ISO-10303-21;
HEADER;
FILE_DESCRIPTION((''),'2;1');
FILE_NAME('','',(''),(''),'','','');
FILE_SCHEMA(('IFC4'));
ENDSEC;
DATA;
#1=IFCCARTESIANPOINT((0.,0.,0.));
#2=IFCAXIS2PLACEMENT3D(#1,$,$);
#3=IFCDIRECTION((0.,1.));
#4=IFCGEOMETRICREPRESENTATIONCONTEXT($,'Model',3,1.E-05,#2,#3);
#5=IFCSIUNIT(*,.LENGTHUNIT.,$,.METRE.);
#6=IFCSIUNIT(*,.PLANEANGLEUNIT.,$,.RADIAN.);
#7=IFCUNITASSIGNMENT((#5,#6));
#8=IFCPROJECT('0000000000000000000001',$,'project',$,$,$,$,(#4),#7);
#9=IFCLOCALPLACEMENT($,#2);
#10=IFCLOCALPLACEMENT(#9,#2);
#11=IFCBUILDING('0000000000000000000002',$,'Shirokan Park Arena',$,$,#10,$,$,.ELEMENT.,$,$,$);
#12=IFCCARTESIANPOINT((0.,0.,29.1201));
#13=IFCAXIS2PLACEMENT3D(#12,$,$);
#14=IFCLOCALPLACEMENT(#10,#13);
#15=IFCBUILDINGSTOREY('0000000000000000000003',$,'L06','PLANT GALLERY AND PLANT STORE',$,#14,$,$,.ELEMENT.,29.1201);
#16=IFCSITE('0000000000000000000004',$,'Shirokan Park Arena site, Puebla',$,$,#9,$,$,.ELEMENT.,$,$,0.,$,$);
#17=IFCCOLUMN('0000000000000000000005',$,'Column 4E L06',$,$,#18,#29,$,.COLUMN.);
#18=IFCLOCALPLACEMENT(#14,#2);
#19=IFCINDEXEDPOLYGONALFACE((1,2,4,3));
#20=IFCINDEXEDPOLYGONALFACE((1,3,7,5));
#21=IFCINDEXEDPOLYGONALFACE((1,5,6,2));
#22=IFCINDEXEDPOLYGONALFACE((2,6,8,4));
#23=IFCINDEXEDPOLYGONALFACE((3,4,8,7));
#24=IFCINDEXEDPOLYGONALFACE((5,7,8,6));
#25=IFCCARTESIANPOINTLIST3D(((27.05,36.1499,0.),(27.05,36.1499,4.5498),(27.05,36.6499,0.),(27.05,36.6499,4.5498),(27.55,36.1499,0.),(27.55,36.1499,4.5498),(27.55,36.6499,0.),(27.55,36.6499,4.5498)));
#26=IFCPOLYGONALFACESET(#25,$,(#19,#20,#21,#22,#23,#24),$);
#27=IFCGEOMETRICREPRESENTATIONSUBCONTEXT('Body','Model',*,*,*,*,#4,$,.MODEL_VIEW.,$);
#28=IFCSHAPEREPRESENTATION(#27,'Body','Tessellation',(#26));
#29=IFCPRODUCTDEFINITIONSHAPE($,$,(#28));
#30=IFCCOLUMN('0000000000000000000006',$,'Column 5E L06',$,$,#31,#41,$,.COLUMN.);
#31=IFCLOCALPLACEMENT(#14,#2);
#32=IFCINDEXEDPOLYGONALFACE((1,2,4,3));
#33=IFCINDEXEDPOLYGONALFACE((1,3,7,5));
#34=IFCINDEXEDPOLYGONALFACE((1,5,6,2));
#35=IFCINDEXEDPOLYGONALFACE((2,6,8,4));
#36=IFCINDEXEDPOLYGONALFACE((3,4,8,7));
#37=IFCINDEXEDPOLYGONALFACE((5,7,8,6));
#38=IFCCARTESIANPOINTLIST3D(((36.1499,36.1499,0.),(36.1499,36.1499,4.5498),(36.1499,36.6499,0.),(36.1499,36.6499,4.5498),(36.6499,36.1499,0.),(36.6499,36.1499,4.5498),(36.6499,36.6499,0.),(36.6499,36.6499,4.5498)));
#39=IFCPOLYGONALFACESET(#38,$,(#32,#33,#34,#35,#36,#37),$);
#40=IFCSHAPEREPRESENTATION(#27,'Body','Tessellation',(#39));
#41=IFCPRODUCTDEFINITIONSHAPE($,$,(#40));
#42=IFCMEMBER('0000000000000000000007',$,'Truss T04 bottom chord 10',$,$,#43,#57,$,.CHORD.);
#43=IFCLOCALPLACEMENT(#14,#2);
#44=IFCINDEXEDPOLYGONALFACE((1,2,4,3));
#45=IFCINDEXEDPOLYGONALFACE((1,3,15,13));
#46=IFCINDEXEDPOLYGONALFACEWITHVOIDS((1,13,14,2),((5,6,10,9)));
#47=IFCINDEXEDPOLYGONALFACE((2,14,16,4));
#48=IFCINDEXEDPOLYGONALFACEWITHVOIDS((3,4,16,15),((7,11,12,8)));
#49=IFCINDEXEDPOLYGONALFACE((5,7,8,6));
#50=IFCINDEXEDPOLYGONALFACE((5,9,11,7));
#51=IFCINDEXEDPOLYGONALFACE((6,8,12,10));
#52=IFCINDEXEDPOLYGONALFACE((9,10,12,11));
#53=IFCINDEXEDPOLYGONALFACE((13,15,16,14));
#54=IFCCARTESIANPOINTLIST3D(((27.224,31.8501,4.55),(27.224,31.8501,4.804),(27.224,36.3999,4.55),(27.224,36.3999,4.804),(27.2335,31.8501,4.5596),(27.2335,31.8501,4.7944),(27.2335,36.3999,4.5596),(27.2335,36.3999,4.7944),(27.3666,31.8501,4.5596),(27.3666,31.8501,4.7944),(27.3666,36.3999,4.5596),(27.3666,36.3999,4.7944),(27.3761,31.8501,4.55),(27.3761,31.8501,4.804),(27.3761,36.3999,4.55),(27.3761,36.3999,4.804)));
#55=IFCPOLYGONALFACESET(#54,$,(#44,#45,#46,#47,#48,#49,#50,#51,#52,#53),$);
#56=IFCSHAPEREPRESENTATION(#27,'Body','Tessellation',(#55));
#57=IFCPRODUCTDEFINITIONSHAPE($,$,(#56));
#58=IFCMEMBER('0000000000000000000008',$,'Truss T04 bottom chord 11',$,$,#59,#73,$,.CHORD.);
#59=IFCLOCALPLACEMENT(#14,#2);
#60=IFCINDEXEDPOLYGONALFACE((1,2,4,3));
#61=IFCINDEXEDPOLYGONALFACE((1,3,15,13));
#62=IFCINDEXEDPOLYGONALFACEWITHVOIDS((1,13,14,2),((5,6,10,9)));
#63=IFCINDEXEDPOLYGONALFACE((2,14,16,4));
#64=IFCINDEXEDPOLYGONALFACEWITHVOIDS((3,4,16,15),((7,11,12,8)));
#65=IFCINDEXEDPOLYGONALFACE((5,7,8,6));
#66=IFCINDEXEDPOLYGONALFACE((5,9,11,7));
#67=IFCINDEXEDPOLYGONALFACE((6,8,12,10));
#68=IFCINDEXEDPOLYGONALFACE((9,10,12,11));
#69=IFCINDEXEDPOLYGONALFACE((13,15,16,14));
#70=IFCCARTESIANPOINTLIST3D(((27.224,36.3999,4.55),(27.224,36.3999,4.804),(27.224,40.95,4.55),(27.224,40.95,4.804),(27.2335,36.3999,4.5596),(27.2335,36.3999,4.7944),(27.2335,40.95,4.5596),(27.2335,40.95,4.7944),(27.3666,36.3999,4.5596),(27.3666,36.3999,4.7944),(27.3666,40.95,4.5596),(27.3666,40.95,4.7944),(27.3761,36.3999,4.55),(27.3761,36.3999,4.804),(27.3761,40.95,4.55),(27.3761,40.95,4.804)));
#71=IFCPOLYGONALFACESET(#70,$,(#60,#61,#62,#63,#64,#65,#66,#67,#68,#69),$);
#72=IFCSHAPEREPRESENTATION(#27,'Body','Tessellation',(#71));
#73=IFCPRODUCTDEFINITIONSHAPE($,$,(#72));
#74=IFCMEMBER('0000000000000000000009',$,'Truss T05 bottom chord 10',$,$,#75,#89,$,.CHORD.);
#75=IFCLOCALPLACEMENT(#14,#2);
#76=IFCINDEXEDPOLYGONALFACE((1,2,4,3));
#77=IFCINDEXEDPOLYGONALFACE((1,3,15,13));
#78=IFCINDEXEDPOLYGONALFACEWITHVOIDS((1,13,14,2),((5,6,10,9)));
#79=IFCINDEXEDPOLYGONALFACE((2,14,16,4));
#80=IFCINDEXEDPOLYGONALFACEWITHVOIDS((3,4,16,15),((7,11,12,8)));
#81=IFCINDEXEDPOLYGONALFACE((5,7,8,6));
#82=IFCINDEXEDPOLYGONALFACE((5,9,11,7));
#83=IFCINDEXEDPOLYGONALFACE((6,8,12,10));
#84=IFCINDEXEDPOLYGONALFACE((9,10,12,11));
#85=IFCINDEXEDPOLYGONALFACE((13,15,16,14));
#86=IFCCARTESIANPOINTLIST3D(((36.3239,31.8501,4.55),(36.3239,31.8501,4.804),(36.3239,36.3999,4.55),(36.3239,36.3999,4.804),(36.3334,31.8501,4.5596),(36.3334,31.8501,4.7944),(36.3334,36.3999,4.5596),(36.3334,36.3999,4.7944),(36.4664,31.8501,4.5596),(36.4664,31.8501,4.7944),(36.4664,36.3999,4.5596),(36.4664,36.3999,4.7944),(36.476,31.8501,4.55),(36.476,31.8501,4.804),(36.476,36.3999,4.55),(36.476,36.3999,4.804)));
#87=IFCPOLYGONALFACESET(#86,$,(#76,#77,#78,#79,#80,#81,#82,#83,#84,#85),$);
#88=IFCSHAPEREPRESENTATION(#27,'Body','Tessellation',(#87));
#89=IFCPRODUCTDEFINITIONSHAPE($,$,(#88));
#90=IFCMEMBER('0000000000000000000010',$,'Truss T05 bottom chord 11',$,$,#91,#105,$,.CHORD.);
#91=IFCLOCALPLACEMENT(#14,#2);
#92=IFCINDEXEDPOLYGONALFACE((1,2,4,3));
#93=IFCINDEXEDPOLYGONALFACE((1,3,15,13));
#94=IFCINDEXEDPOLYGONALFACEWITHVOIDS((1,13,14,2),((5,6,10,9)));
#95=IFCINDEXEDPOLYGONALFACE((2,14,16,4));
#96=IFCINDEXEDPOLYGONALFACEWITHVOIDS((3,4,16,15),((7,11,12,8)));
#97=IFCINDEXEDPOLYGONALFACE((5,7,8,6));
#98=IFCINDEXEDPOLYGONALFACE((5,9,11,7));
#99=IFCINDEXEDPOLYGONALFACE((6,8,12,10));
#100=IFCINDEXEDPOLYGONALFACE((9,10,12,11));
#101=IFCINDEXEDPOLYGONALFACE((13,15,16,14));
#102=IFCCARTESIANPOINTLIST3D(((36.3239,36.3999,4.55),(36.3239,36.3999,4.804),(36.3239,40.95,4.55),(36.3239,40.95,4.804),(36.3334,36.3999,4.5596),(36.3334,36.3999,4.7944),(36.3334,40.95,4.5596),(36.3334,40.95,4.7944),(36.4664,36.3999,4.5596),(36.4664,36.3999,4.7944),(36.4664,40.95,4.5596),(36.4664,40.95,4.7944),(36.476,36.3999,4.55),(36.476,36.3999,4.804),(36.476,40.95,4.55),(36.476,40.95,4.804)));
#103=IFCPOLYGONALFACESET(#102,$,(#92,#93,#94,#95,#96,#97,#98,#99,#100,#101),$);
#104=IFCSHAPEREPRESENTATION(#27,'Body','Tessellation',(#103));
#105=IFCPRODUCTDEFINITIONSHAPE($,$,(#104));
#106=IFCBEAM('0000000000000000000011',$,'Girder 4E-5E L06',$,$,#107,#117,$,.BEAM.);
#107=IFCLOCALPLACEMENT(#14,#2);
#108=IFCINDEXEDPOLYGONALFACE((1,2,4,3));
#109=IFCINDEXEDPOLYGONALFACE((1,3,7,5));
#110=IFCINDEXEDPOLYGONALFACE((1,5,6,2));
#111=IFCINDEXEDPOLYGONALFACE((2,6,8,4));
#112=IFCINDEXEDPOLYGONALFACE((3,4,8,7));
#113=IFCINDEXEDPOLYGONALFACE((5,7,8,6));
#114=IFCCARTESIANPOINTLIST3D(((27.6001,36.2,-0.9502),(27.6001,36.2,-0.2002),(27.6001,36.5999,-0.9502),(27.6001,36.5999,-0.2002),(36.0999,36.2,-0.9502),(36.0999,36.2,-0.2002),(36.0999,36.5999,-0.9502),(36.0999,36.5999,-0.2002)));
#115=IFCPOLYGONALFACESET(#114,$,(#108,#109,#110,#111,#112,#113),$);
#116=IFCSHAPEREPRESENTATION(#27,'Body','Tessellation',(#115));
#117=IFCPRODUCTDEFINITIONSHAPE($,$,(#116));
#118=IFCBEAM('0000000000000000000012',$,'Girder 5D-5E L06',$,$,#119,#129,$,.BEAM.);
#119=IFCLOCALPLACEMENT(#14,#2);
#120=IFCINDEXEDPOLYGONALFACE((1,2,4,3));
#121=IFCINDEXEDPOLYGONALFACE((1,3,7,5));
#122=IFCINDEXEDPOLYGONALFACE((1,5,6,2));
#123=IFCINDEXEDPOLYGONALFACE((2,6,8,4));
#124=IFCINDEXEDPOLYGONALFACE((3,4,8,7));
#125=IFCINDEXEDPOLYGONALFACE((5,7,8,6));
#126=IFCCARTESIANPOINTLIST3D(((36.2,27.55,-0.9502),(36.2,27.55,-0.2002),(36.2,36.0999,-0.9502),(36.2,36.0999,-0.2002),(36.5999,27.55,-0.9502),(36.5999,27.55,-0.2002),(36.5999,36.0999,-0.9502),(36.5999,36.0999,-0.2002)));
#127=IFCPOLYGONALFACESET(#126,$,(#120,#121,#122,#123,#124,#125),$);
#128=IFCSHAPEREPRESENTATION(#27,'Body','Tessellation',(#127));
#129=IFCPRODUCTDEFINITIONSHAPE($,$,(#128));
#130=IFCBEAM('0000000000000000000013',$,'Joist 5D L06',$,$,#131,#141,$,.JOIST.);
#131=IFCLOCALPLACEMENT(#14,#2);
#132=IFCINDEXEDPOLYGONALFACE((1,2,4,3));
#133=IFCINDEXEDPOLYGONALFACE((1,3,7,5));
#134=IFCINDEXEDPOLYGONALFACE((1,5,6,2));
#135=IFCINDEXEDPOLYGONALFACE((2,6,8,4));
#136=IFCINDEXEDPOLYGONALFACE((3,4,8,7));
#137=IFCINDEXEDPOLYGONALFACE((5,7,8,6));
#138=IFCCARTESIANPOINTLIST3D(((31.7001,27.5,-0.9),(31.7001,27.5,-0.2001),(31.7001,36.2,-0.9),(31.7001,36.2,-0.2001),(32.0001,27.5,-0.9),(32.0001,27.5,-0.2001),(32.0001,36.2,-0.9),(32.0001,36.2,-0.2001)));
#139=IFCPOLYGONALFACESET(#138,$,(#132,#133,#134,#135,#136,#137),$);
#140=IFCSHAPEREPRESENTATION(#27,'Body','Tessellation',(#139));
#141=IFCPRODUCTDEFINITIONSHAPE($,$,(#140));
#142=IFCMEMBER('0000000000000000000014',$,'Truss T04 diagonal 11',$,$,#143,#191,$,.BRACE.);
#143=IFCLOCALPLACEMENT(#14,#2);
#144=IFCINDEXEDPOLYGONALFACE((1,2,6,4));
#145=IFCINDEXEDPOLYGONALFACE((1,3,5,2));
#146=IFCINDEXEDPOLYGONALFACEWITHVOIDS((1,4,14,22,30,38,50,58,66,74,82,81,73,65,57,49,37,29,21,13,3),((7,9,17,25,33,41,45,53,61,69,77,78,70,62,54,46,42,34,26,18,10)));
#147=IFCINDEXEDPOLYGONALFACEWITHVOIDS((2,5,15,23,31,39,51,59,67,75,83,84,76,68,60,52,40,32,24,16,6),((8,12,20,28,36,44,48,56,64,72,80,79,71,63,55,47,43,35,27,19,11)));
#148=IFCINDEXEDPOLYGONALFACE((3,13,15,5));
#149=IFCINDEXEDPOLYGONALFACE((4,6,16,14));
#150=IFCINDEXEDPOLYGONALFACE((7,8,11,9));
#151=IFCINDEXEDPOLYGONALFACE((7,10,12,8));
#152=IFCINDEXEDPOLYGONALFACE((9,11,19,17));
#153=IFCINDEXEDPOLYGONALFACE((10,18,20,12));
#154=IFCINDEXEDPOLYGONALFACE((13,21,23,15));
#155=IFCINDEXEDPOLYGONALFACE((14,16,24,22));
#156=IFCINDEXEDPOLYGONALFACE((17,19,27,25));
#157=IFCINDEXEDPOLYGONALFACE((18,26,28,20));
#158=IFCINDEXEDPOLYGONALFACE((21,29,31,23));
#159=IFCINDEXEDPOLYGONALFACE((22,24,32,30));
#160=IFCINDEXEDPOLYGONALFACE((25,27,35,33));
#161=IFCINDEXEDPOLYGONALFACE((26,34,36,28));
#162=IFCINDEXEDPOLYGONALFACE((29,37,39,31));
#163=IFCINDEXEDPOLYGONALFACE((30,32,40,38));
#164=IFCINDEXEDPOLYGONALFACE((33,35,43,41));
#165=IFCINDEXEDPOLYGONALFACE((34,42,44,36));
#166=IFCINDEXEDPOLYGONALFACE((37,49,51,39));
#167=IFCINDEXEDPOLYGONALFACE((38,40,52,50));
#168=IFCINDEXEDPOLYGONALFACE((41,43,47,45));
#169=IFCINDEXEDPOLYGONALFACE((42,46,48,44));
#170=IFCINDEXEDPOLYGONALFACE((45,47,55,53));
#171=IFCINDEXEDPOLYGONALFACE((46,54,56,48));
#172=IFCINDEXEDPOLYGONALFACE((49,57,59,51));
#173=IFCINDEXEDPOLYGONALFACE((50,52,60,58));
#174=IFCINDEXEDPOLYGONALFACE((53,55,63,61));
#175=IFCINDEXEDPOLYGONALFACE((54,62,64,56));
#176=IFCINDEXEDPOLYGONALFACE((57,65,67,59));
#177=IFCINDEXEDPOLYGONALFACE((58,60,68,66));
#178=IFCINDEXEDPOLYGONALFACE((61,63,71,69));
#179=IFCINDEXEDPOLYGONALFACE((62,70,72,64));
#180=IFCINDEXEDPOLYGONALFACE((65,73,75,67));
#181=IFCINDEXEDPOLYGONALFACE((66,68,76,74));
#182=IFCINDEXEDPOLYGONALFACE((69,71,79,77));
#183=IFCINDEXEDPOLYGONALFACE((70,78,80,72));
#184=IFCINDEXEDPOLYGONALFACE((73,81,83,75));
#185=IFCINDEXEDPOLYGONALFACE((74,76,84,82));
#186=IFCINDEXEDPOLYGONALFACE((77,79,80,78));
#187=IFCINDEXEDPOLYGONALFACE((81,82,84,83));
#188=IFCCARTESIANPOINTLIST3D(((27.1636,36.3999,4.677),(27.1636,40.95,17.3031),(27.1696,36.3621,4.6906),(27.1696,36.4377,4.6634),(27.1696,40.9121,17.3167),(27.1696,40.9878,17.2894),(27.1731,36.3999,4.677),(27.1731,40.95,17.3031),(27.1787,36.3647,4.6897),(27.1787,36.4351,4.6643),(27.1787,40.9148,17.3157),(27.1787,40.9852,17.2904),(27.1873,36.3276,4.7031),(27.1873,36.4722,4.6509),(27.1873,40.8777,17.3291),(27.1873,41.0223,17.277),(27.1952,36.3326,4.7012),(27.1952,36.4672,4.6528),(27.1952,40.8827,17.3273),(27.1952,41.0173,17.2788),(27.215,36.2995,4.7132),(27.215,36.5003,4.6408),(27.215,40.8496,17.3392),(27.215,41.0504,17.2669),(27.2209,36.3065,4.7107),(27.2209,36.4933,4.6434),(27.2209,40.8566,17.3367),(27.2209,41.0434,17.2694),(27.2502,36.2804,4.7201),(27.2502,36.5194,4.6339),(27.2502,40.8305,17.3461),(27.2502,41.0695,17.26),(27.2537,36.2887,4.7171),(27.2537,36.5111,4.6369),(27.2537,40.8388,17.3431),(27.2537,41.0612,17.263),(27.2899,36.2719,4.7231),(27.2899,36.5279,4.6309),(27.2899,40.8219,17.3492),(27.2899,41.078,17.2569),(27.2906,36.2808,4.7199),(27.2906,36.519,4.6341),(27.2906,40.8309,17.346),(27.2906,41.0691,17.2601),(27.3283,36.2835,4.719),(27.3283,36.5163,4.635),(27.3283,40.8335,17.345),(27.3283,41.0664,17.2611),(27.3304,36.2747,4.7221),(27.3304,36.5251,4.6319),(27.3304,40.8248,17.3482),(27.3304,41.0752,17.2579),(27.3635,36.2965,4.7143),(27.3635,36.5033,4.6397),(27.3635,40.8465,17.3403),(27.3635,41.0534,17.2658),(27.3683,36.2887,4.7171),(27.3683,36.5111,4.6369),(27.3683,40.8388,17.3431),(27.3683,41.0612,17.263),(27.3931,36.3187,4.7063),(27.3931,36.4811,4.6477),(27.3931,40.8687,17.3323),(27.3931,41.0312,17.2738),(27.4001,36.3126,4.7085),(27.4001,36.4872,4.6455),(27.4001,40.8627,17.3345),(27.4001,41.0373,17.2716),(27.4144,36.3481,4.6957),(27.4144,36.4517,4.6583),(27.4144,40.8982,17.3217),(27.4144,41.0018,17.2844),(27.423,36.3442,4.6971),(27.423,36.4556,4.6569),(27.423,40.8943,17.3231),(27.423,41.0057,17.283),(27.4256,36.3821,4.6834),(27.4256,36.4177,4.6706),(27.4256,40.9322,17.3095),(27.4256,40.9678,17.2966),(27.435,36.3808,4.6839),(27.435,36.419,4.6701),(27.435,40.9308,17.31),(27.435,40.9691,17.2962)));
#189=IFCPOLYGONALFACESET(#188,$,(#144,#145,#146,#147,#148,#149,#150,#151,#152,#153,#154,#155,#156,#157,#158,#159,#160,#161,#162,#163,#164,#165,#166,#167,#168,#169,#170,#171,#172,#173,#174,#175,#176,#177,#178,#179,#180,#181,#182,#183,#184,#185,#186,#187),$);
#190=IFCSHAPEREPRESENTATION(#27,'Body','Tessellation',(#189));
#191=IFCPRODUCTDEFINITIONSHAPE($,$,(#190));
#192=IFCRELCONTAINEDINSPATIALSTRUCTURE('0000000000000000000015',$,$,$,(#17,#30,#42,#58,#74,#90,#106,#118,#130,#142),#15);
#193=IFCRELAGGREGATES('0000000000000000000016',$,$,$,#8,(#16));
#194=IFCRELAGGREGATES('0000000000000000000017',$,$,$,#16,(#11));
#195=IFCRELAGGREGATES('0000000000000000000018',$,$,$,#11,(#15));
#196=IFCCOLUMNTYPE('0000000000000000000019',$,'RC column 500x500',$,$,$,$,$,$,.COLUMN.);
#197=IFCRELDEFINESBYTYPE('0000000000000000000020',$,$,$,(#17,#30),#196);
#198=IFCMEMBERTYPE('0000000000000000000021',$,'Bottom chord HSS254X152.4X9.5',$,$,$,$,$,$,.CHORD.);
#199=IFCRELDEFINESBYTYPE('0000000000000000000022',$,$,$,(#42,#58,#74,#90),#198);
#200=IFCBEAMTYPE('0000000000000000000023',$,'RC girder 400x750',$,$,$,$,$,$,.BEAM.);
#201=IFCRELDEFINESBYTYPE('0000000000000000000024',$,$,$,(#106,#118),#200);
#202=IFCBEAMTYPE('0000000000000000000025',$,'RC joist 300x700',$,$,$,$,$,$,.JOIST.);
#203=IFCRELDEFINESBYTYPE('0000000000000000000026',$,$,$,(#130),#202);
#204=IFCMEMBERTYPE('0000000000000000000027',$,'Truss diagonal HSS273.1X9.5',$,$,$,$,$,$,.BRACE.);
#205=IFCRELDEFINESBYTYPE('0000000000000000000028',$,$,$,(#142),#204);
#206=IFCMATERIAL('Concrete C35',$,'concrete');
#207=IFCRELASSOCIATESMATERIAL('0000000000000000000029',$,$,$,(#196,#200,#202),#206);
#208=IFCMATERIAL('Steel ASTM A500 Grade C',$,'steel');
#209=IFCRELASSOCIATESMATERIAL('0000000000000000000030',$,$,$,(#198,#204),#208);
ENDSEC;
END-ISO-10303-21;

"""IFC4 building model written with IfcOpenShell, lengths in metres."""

from ifc_helpers import new_model, si_unit, direction, frame, origin, origin_2d, place, context, subcontext, project, spatial, rectangle, hollow_rectangle, hollow_circle, extrude, material, material_profile, profile_set, type_object, element, save


model = new_model("IFC4")

# Units and contexts
model_context = context("Model", 3, precision=1e-05, world=origin(), true_north=direction((0.0, 1.0)))
body_context = subcontext(model_context, "Body", "Model", "MODEL_VIEW")
ifc_project = project(units=[si_unit("LENGTHUNIT", "METRE"), si_unit("PLANEANGLEUNIT", "RADIAN")], contexts=[model_context])

# Site, building, storey
site_placement = place(None, origin())
site = spatial("IfcSite", under=ifc_project, at=site_placement, Name="Shirokan Park Arena site, Puebla", CompositionType="ELEMENT", RefElevation=0.0)
building_placement = place(site_placement, origin())
building = spatial("IfcBuilding", under=site, at=building_placement, Name="Shirokan Park Arena", CompositionType="ELEMENT")
storey_placement = place(building_placement, frame((0.0, 0.0, 29.1201)))
storey = spatial("IfcBuildingStorey", under=building, at=storey_placement, Name="L06", Description="PLANT GALLERY AND PLANT STORE", CompositionType="ELEMENT", Elevation=29.1201)

# Columns
ifc_material_1 = material(Name="Concrete C35", Category="concrete")
ifc_material_profile_1 = material_profile(ifc_material_1, rectangle(XDim=0.5, YDim=0.5, at=origin_2d()), Name="500x500")
ifc_profile_set_1 = profile_set([ifc_material_profile_1], Name="Concrete C35")
column_type = type_object("IfcColumnType", Name="RC column 500x500", PredefinedType="COLUMN", material=ifc_profile_set_1)
for number, where, z_axis, x_axis, name in (
    (1, (27.3, 36.3999, 0.0), (0.0, 0.0, 1.0), (1.0, 0.0, 0.0), "Column 4E L06"),
    (2, (36.3999, 36.3999, 0.0), (0.0, 0.0, 1.0), (1.0, 0.0, 0.0), "Column 5E L06"),
):
    element("IfcColumn", number, at=place(storey_placement, frame(where, z_axis=z_axis, x_axis=x_axis)), inside=storey, type_object=column_type, Name=name, PredefinedType="COLUMN", context=body_context, shape_type="SweptSolid", body=[
        extrude(rectangle(XDim=0.5, YDim=0.5, at=origin_2d()), origin(), (0.0, 0.0, 1.0), 4.5498),
    ])

# Members
ifc_material_2 = material(Name="Steel ASTM A500 Grade C", Category="steel")
ifc_material_profile_2 = material_profile(ifc_material_2, hollow_rectangle(XDim=0.1521, YDim=0.2539, WallThickness=0.0095, at=origin_2d()), Name="HSS254X152.4X9.5")
ifc_profile_set_2 = profile_set([ifc_material_profile_2], Name="Steel ASTM A500 Grade C")
member_type_1 = type_object("IfcMemberType", Name="Bottom chord HSS254X152.4X9.5", PredefinedType="CHORD", material=ifc_profile_set_2)
member_1_placement = place(storey_placement, frame((27.3, 31.8501, 4.677), z_axis=(0.0, 1.0, 0.0), x_axis=(-1.0, 0.0, 0.0)))
element("IfcMember", 3, at=member_1_placement, inside=storey, type_object=member_type_1, Name="Truss T04 bottom chord 10", PredefinedType="CHORD", context=body_context, shape_type="SweptSolid", body=[
    extrude(hollow_rectangle(XDim=0.1521, YDim=0.2539, WallThickness=0.0095, at=origin_2d()), origin(), (0.0, 0.0, 1.0), 4.5498),
])
member_2_placement = place(storey_placement, frame((27.3, 36.3999, 4.677), z_axis=(0.0, 1.0, 0.0), x_axis=(-1.0, 0.0, 0.0)))
element("IfcMember", 4, at=member_2_placement, inside=storey, type_object=member_type_1, Name="Truss T04 bottom chord 11", PredefinedType="CHORD", context=body_context, shape_type="SweptSolid", body=[
    extrude(hollow_rectangle(XDim=0.1521, YDim=0.2539, WallThickness=0.0095, at=origin_2d()), origin(), (0.0, 0.0, 1.0), 4.55),
])
member_3_placement = place(storey_placement, frame((36.3999, 31.8501, 4.677), z_axis=(0.0, 1.0, 0.0), x_axis=(-1.0, 0.0, 0.0)))
element("IfcMember", 5, at=member_3_placement, inside=storey, type_object=member_type_1, Name="Truss T05 bottom chord 10", PredefinedType="CHORD", context=body_context, shape_type="SweptSolid", body=[
    extrude(hollow_rectangle(XDim=0.1521, YDim=0.2539, WallThickness=0.0095, at=origin_2d()), origin(), (0.0, 0.0, 1.0), 4.5498),
])
member_4_placement = place(storey_placement, frame((36.3999, 36.3999, 4.677), z_axis=(0.0, 1.0, 0.0), x_axis=(-1.0, 0.0, 0.0)))
element("IfcMember", 6, at=member_4_placement, inside=storey, type_object=member_type_1, Name="Truss T05 bottom chord 11", PredefinedType="CHORD", context=body_context, shape_type="SweptSolid", body=[
    extrude(hollow_rectangle(XDim=0.1521, YDim=0.2539, WallThickness=0.0095, at=origin_2d()), origin(), (0.0, 0.0, 1.0), 4.55),
])

# Beams
ifc_material_profile_3 = material_profile(ifc_material_1, rectangle(XDim=0.3999, YDim=0.75, at=origin_2d()), Name="400x750")
ifc_profile_set_3 = profile_set([ifc_material_profile_3], Name="Concrete C35")
beam_type_1 = type_object("IfcBeamType", Name="RC girder 400x750", PredefinedType="BEAM", material=ifc_profile_set_3)
beam_1_placement = place(storey_placement, frame((27.6001, 36.3999, -0.5752), z_axis=(1.0, 0.0, 0.0), x_axis=(0.0, 1.0, 0.0)))
element("IfcBeam", 7, at=beam_1_placement, inside=storey, type_object=beam_type_1, Name="Girder 4E-5E L06", PredefinedType="BEAM", context=body_context, shape_type="SweptSolid", body=[
    extrude(rectangle(XDim=0.3999, YDim=0.75, at=origin_2d()), origin(), (0.0, 0.0, 1.0), 8.4998),
])
beam_2_placement = place(storey_placement, frame((36.3999, 27.55, -0.5752), z_axis=(0.0, 1.0, 0.0), x_axis=(-1.0, 0.0, 0.0)))
element("IfcBeam", 8, at=beam_2_placement, inside=storey, type_object=beam_type_1, Name="Girder 5D-5E L06", PredefinedType="BEAM", context=body_context, shape_type="SweptSolid", body=[
    extrude(rectangle(XDim=0.3999, YDim=0.75, at=origin_2d()), origin(), (0.0, 0.0, 1.0), 8.5498),
])
ifc_material_profile_4 = material_profile(ifc_material_1, rectangle(XDim=0.3, YDim=0.7, at=origin_2d()), Name="300x700")
ifc_profile_set_4 = profile_set([ifc_material_profile_4], Name="Concrete C35")
beam_type_2 = type_object("IfcBeamType", Name="RC joist 300x700", PredefinedType="JOIST", material=ifc_profile_set_4)
beam_3_placement = place(storey_placement, frame((31.8501, 27.5, -0.55), z_axis=(0.0, 1.0, 0.0), x_axis=(-1.0, 0.0, 0.0)))
element("IfcBeam", 9, at=beam_3_placement, inside=storey, type_object=beam_type_2, Name="Joist 5D L06", PredefinedType="JOIST", context=body_context, shape_type="SweptSolid", body=[
    extrude(rectangle(XDim=0.3, YDim=0.7, at=origin_2d()), origin(), (0.0, 0.0, 1.0), 8.7),
])

# Member
ifc_material_profile_5 = material_profile(ifc_material_2, hollow_circle(Radius=0.1365, WallThickness=0.0095, at=origin_2d()), Name="HSS273.1X9.5")
ifc_profile_set_5 = profile_set([ifc_material_profile_5], Name="Steel ASTM A500 Grade C")
member_type_2 = type_object("IfcMemberType", Name="Truss diagonal HSS273.1X9.5", PredefinedType="BRACE", material=ifc_profile_set_5)
for number, where, z_axis, x_axis, name in (
    (10, (27.3, 36.3999, 4.677), (0.0, 0.339029, 0.940776), (-1.0, 0.0, 0.0), "Truss T04 diagonal 11"),
):
    element("IfcMember", number, at=place(storey_placement, frame(where, z_axis=z_axis, x_axis=x_axis)), inside=storey, type_object=member_type_2, Name=name, PredefinedType="BRACE", context=body_context, shape_type="SweptSolid", body=[
        extrude(hollow_circle(Radius=0.1365, WallThickness=0.0095, at=origin_2d()), origin(), (0.0, 0.0, 1.0), 13.4209),
    ])

save(model, "model.ifc")
